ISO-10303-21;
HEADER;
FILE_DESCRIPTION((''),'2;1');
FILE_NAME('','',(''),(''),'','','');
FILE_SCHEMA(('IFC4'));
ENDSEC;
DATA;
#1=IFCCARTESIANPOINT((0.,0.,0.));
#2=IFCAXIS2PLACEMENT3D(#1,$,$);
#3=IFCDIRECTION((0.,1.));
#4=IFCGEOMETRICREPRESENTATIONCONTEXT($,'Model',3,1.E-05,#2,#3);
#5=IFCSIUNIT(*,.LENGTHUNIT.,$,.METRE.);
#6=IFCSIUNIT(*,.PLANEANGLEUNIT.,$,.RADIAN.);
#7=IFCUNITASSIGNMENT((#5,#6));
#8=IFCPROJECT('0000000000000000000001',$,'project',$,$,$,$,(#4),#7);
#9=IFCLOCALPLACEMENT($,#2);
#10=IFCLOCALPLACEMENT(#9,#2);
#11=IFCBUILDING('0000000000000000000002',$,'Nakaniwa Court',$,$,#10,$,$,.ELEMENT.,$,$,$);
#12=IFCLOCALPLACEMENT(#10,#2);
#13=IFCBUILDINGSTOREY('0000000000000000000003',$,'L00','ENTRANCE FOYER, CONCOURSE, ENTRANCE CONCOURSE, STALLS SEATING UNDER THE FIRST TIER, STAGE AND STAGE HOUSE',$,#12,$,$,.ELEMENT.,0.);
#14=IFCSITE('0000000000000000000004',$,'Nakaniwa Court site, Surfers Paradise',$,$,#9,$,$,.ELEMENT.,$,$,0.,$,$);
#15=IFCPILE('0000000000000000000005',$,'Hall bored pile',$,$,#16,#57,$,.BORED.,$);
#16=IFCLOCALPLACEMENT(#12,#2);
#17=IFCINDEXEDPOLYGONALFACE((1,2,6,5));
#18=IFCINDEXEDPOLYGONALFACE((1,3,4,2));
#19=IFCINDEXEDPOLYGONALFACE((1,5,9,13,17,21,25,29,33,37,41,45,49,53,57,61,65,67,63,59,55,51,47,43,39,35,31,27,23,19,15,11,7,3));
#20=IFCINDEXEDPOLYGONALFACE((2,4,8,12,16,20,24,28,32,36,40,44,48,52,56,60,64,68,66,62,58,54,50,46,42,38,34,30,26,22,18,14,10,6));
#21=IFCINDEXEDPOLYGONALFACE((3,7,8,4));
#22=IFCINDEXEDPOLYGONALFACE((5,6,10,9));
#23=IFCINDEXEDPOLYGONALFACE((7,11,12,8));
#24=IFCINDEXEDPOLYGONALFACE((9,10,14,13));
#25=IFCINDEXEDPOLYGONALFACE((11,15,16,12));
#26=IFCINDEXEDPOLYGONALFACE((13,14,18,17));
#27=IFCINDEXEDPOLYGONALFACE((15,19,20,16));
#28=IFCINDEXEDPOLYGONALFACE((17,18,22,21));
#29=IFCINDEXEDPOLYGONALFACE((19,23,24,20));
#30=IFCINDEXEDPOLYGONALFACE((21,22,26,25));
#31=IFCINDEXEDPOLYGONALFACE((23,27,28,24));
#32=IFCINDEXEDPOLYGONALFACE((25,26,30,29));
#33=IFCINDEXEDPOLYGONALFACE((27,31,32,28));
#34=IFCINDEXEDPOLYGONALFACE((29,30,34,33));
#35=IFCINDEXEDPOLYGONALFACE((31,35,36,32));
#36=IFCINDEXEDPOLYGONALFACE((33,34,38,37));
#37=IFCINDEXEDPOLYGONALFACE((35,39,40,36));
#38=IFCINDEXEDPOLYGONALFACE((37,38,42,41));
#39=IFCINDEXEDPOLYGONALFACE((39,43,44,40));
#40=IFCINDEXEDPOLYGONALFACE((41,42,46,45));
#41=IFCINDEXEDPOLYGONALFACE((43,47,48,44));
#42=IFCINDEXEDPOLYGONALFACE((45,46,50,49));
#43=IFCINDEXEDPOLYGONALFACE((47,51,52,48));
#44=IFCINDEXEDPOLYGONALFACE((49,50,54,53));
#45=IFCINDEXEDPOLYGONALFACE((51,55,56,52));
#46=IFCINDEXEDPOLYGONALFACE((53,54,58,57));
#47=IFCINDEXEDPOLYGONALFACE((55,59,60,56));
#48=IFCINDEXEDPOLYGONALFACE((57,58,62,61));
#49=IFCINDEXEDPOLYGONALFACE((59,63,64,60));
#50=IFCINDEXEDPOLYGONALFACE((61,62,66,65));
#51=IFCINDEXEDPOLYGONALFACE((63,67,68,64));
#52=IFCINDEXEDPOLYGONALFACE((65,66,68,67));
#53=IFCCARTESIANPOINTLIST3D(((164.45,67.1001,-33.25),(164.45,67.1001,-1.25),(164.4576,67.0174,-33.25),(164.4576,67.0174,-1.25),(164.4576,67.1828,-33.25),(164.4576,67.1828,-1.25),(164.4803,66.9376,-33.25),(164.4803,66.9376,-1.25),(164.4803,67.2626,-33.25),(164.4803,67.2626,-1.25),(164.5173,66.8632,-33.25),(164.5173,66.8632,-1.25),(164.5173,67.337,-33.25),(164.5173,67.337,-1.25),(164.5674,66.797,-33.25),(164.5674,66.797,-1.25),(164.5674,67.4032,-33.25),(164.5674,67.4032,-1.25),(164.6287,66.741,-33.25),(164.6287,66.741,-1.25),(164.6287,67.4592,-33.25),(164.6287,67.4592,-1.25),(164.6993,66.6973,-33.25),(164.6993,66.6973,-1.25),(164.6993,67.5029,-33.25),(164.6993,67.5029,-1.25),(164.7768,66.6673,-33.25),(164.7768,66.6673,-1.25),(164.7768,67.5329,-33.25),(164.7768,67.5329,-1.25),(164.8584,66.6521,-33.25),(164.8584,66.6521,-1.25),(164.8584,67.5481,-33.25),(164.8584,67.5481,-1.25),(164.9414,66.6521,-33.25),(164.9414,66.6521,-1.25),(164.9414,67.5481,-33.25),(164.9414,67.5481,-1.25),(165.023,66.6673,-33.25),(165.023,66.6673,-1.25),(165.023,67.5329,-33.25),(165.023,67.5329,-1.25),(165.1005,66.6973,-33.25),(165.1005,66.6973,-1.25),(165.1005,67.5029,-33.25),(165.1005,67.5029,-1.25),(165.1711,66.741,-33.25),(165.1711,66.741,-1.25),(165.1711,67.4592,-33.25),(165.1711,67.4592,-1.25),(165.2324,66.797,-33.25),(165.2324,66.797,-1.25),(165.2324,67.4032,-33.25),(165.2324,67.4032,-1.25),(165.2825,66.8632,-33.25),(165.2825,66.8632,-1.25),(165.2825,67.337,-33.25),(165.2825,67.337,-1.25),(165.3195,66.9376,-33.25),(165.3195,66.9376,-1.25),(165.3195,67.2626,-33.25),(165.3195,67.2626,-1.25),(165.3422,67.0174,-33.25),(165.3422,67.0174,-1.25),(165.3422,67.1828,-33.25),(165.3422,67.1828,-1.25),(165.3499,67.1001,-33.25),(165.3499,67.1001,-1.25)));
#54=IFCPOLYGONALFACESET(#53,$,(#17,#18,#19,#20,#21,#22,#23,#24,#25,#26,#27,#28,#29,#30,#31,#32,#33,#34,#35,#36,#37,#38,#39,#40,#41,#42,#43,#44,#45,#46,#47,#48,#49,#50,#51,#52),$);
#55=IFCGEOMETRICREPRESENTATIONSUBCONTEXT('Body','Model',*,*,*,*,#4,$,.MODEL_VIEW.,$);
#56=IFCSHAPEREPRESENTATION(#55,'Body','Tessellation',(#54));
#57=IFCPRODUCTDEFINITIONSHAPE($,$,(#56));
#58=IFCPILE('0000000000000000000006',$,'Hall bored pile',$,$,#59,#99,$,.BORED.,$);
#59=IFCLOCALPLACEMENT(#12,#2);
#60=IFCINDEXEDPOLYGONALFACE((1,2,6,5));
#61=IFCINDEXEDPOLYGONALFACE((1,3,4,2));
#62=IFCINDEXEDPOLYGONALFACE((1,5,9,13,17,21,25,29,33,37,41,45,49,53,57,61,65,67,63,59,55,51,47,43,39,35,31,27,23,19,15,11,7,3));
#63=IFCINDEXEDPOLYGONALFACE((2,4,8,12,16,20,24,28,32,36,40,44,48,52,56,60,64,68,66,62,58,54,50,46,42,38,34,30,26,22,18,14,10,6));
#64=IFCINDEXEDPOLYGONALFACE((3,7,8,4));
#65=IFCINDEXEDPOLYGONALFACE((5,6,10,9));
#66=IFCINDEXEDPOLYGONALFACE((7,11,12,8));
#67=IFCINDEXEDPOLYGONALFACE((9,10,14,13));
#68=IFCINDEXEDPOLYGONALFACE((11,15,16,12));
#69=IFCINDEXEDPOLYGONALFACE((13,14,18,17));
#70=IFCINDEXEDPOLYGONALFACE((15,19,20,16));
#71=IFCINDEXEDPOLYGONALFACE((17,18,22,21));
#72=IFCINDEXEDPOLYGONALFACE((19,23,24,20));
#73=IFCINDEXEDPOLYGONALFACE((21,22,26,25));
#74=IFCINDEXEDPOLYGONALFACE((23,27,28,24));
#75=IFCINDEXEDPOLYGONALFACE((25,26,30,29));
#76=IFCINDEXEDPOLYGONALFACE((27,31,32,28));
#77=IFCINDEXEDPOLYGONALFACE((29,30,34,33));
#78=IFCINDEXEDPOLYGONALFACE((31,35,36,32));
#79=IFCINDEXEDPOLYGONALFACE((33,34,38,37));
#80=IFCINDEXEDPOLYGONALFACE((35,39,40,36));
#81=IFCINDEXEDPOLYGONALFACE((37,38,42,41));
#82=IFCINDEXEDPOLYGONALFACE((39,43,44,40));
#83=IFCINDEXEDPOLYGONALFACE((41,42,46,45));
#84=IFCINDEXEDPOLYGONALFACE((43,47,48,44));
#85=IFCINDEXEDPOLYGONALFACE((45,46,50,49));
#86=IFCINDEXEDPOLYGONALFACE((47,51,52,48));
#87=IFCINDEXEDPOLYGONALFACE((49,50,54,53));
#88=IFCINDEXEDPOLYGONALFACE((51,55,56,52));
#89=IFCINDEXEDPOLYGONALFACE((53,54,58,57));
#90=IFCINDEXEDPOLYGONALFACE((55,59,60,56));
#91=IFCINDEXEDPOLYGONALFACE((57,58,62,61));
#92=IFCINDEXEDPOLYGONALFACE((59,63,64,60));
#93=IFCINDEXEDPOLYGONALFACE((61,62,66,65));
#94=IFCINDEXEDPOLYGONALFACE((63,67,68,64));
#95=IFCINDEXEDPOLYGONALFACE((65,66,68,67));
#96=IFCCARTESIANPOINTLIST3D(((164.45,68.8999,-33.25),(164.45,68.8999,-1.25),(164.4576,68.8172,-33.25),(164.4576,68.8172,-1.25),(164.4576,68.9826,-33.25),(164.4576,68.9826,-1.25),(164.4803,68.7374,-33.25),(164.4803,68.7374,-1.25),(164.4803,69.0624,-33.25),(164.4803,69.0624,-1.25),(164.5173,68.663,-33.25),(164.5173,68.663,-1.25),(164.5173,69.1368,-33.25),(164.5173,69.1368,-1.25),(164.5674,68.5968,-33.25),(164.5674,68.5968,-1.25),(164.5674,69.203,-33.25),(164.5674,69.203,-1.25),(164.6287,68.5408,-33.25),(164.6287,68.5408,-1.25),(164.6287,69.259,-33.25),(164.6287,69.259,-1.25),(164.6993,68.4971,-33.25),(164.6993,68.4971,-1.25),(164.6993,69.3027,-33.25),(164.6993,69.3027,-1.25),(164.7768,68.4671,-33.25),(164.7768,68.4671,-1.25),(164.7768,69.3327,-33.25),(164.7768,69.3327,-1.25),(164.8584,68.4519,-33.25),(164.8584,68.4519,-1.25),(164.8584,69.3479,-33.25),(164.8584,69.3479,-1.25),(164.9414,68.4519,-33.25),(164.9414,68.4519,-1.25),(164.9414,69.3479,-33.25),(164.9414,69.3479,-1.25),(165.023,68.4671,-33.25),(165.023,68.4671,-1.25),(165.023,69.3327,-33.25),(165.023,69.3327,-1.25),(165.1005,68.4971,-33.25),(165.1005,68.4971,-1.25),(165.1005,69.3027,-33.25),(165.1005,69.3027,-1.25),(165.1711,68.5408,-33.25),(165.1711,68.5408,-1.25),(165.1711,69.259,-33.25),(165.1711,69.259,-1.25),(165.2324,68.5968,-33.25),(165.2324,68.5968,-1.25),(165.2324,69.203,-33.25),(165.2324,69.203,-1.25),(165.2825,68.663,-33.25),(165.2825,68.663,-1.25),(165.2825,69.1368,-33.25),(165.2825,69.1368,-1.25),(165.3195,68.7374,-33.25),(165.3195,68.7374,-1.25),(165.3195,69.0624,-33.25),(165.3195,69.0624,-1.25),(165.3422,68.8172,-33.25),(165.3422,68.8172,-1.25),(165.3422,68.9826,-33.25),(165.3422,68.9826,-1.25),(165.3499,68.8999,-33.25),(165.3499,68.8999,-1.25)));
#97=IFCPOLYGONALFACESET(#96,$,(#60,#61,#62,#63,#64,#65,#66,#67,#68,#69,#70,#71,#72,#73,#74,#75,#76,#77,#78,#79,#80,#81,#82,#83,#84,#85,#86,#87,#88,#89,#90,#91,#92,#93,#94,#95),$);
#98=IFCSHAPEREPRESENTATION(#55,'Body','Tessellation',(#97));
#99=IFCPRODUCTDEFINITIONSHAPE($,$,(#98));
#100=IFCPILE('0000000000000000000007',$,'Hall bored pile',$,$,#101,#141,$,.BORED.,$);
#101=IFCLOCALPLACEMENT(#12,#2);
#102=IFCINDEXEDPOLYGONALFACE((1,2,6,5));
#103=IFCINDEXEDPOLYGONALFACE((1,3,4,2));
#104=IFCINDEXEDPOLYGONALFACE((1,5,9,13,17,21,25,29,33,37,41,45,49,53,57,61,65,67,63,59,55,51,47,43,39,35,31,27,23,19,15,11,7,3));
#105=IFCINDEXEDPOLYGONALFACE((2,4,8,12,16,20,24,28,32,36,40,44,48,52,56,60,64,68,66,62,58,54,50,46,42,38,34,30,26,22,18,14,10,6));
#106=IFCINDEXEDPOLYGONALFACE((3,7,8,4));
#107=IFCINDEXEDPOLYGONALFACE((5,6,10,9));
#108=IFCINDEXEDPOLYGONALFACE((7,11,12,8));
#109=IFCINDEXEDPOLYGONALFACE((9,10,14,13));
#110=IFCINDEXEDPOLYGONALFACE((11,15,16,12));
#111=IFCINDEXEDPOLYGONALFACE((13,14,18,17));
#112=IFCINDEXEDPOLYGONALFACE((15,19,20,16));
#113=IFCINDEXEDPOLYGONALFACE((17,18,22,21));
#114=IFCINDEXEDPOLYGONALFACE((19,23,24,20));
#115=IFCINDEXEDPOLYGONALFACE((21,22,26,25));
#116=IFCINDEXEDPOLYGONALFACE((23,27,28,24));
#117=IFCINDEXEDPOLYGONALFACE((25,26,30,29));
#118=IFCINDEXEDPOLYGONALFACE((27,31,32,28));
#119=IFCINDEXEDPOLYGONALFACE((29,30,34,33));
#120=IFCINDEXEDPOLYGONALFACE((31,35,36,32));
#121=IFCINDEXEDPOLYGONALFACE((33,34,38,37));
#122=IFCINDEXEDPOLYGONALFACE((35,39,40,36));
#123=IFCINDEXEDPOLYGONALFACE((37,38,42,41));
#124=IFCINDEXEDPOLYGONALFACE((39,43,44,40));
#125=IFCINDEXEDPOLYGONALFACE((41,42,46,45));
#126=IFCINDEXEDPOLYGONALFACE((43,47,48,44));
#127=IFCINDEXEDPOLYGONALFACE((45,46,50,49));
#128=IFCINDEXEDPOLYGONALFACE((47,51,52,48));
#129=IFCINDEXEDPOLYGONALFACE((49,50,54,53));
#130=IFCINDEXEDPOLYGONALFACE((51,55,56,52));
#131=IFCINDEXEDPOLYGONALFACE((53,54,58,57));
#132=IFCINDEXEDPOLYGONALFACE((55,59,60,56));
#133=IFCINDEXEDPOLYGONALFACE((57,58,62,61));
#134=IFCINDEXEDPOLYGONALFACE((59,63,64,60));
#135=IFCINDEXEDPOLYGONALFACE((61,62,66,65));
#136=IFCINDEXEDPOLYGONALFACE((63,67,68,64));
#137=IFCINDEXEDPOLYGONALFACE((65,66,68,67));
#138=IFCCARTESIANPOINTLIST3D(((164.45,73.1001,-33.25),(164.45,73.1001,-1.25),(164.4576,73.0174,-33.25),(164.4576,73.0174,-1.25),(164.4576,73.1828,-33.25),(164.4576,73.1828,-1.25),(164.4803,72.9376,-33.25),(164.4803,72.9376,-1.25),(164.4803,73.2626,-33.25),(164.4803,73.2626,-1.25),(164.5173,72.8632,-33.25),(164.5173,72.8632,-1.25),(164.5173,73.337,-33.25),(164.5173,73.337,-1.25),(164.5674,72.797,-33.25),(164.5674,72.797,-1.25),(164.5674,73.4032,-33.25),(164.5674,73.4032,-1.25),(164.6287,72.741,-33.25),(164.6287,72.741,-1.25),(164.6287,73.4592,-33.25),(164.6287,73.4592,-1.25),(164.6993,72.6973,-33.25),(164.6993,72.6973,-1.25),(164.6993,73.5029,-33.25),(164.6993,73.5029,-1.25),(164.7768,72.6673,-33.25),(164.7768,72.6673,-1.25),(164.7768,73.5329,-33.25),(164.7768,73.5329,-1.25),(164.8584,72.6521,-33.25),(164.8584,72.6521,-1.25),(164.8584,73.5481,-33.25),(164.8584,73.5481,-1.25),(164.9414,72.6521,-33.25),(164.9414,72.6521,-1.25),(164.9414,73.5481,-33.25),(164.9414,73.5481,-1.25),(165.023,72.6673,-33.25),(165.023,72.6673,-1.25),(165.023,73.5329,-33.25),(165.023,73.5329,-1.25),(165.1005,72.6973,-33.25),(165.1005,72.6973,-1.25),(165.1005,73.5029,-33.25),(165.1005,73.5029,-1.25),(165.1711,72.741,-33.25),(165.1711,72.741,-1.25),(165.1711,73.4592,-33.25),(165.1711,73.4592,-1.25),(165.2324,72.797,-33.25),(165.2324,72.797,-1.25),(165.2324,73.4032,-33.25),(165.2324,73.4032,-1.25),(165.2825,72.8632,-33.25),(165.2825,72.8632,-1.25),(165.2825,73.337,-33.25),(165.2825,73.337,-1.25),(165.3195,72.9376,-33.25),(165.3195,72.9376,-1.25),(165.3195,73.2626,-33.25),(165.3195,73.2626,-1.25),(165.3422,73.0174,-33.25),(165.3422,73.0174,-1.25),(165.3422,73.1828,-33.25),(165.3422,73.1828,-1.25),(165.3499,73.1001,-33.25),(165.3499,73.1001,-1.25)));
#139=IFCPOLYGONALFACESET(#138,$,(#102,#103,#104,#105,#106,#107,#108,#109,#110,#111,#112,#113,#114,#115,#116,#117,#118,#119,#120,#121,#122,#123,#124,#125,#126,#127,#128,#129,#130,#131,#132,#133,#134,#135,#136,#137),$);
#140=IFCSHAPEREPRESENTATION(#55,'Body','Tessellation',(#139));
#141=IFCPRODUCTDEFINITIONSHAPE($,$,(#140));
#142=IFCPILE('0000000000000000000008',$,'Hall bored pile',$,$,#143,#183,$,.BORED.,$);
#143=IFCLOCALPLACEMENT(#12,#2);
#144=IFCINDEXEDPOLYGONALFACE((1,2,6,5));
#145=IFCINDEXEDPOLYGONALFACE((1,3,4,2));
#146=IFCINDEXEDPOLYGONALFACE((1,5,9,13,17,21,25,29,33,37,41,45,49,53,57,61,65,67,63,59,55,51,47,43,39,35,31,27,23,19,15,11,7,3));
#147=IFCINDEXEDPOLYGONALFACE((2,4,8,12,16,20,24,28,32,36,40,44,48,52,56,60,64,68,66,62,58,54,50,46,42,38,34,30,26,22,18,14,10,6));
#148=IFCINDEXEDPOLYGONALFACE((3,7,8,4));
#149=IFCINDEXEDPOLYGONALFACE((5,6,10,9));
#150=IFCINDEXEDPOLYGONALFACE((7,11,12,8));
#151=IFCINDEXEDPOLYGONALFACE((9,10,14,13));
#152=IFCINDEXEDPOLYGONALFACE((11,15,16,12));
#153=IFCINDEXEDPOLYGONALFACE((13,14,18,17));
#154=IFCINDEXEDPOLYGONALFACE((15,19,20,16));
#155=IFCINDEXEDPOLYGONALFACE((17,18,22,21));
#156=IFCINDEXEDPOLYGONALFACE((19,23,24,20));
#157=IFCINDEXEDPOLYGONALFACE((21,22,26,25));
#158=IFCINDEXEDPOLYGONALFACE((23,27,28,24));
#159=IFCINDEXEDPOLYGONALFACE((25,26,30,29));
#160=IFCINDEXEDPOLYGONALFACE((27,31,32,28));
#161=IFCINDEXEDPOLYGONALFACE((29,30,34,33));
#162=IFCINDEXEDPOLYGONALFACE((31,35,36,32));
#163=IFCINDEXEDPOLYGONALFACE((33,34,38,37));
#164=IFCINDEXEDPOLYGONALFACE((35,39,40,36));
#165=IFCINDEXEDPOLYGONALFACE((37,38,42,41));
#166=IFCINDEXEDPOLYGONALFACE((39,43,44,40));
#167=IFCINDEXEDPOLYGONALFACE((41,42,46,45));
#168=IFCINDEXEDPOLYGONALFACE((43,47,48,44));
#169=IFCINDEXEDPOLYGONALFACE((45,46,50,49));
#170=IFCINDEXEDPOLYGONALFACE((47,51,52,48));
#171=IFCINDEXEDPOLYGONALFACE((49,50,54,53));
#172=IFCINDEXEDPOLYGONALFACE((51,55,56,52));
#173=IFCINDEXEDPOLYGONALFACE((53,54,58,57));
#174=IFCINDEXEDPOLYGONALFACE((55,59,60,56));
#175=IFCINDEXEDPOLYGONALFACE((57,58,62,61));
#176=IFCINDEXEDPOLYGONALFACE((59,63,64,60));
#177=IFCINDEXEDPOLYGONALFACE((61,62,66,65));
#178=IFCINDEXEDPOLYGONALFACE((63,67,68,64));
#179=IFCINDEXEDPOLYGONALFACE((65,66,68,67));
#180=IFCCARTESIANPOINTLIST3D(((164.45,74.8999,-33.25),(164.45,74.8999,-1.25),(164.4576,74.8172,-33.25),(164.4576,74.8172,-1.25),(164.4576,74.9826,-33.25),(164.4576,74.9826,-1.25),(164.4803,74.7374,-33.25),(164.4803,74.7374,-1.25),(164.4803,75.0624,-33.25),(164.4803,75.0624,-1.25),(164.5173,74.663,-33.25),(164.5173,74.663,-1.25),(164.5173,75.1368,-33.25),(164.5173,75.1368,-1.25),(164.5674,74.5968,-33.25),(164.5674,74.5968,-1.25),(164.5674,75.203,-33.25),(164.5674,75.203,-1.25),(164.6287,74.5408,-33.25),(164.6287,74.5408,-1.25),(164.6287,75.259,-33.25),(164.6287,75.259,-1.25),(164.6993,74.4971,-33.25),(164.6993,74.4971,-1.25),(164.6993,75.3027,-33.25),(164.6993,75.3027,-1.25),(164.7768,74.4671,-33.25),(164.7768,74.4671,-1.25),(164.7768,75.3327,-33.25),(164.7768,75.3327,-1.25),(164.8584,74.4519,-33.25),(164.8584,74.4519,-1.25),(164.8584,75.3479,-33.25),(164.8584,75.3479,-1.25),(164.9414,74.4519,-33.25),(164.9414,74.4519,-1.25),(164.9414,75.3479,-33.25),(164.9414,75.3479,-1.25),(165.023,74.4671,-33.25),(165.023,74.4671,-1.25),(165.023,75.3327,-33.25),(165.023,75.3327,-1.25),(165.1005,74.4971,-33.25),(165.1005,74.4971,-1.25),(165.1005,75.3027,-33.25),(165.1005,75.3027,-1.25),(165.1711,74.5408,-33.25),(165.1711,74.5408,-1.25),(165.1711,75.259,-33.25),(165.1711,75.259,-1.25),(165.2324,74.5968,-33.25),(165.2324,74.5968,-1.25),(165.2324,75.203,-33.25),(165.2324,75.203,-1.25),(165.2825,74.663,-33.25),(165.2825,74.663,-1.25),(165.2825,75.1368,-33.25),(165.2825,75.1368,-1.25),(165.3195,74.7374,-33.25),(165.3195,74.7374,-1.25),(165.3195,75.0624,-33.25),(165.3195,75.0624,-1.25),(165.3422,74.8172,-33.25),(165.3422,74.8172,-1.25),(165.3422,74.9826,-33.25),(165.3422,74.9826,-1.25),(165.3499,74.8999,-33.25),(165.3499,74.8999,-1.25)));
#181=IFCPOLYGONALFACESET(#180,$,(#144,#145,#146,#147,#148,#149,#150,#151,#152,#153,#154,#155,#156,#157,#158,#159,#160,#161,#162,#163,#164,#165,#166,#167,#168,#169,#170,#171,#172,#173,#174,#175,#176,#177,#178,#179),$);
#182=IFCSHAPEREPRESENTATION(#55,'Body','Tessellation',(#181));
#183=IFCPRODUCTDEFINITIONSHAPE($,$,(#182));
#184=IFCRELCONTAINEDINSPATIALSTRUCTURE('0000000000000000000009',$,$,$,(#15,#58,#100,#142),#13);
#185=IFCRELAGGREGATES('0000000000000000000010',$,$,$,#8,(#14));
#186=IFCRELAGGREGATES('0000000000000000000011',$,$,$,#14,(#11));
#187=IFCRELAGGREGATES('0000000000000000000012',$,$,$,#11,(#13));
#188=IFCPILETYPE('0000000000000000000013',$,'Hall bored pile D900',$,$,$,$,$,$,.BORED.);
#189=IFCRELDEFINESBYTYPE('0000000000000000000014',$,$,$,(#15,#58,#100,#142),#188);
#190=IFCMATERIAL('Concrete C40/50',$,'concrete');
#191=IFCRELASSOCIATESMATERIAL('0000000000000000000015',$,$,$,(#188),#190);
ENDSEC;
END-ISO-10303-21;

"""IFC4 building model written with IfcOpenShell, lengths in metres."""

from ifc_helpers import new_model, si_unit, direction, frame, origin, origin_2d, place, context, subcontext, project, spatial, circle, extrude, material, material_profile, profile_set, type_object, element, save


model = new_model("IFC4")

# Units and contexts
model_context = context("Model", 3, precision=1e-05, world=origin(), true_north=direction((0.0, 1.0)))
body_context = subcontext(model_context, "Body", "Model", "MODEL_VIEW")
ifc_project = project(units=[si_unit("LENGTHUNIT", "METRE"), si_unit("PLANEANGLEUNIT", "RADIAN")], contexts=[model_context])

# Site, building, storey
site_placement = place(None, origin())
site = spatial("IfcSite", under=ifc_project, at=site_placement, Name="Nakaniwa Court site, Surfers Paradise", CompositionType="ELEMENT", RefElevation=0.0)
building_placement = place(site_placement, origin())
building = spatial("IfcBuilding", under=site, at=building_placement, Name="Nakaniwa Court", CompositionType="ELEMENT")
storey_placement = place(building_placement, origin())
storey = spatial("IfcBuildingStorey", under=building, at=storey_placement, Name="L00", Description="ENTRANCE FOYER, CONCOURSE, ENTRANCE CONCOURSE, STALLS SEATING UNDER THE FIRST TIER, STAGE AND STAGE HOUSE", CompositionType="ELEMENT", Elevation=0.0)

# Piles
ifc_material_1 = material(Name="Concrete C40/50", Category="concrete")
ifc_material_profile_1 = material_profile(ifc_material_1, circle(Radius=0.45, at=origin_2d()), Name="Bored pile D900")
ifc_profile_set_1 = profile_set([ifc_material_profile_1], Name="Concrete C40/50")
pile_type = type_object("IfcPileType", Name="Hall bored pile D900", PredefinedType="BORED", material=ifc_profile_set_1)
for number, where, z_axis, x_axis, name in (
    (1, (164.8999, 67.1001, -1.25), (0.0, 0.0, -1.0), (1.0, 0.0, 0.0), "Hall bored pile"),
    (2, (164.8999, 68.8999, -1.25), (0.0, 0.0, -1.0), (1.0, 0.0, 0.0), "Hall bored pile"),
    (3, (164.8999, 73.1001, -1.25), (0.0, 0.0, -1.0), (1.0, 0.0, 0.0), "Hall bored pile"),
    (4, (164.8999, 74.8999, -1.25), (0.0, 0.0, -1.0), (1.0, 0.0, 0.0), "Hall bored pile"),
):
    element("IfcPile", number, at=place(storey_placement, frame(where, z_axis=z_axis, x_axis=x_axis)), inside=storey, type_object=pile_type, Name=name, PredefinedType="BORED", context=body_context, shape_type="SweptSolid", body=[
        extrude(circle(Radius=0.45, at=origin_2d()), origin(), (0.0, 0.0, 1.0), 32.0),
    ])

save(model, "model.ifc")
